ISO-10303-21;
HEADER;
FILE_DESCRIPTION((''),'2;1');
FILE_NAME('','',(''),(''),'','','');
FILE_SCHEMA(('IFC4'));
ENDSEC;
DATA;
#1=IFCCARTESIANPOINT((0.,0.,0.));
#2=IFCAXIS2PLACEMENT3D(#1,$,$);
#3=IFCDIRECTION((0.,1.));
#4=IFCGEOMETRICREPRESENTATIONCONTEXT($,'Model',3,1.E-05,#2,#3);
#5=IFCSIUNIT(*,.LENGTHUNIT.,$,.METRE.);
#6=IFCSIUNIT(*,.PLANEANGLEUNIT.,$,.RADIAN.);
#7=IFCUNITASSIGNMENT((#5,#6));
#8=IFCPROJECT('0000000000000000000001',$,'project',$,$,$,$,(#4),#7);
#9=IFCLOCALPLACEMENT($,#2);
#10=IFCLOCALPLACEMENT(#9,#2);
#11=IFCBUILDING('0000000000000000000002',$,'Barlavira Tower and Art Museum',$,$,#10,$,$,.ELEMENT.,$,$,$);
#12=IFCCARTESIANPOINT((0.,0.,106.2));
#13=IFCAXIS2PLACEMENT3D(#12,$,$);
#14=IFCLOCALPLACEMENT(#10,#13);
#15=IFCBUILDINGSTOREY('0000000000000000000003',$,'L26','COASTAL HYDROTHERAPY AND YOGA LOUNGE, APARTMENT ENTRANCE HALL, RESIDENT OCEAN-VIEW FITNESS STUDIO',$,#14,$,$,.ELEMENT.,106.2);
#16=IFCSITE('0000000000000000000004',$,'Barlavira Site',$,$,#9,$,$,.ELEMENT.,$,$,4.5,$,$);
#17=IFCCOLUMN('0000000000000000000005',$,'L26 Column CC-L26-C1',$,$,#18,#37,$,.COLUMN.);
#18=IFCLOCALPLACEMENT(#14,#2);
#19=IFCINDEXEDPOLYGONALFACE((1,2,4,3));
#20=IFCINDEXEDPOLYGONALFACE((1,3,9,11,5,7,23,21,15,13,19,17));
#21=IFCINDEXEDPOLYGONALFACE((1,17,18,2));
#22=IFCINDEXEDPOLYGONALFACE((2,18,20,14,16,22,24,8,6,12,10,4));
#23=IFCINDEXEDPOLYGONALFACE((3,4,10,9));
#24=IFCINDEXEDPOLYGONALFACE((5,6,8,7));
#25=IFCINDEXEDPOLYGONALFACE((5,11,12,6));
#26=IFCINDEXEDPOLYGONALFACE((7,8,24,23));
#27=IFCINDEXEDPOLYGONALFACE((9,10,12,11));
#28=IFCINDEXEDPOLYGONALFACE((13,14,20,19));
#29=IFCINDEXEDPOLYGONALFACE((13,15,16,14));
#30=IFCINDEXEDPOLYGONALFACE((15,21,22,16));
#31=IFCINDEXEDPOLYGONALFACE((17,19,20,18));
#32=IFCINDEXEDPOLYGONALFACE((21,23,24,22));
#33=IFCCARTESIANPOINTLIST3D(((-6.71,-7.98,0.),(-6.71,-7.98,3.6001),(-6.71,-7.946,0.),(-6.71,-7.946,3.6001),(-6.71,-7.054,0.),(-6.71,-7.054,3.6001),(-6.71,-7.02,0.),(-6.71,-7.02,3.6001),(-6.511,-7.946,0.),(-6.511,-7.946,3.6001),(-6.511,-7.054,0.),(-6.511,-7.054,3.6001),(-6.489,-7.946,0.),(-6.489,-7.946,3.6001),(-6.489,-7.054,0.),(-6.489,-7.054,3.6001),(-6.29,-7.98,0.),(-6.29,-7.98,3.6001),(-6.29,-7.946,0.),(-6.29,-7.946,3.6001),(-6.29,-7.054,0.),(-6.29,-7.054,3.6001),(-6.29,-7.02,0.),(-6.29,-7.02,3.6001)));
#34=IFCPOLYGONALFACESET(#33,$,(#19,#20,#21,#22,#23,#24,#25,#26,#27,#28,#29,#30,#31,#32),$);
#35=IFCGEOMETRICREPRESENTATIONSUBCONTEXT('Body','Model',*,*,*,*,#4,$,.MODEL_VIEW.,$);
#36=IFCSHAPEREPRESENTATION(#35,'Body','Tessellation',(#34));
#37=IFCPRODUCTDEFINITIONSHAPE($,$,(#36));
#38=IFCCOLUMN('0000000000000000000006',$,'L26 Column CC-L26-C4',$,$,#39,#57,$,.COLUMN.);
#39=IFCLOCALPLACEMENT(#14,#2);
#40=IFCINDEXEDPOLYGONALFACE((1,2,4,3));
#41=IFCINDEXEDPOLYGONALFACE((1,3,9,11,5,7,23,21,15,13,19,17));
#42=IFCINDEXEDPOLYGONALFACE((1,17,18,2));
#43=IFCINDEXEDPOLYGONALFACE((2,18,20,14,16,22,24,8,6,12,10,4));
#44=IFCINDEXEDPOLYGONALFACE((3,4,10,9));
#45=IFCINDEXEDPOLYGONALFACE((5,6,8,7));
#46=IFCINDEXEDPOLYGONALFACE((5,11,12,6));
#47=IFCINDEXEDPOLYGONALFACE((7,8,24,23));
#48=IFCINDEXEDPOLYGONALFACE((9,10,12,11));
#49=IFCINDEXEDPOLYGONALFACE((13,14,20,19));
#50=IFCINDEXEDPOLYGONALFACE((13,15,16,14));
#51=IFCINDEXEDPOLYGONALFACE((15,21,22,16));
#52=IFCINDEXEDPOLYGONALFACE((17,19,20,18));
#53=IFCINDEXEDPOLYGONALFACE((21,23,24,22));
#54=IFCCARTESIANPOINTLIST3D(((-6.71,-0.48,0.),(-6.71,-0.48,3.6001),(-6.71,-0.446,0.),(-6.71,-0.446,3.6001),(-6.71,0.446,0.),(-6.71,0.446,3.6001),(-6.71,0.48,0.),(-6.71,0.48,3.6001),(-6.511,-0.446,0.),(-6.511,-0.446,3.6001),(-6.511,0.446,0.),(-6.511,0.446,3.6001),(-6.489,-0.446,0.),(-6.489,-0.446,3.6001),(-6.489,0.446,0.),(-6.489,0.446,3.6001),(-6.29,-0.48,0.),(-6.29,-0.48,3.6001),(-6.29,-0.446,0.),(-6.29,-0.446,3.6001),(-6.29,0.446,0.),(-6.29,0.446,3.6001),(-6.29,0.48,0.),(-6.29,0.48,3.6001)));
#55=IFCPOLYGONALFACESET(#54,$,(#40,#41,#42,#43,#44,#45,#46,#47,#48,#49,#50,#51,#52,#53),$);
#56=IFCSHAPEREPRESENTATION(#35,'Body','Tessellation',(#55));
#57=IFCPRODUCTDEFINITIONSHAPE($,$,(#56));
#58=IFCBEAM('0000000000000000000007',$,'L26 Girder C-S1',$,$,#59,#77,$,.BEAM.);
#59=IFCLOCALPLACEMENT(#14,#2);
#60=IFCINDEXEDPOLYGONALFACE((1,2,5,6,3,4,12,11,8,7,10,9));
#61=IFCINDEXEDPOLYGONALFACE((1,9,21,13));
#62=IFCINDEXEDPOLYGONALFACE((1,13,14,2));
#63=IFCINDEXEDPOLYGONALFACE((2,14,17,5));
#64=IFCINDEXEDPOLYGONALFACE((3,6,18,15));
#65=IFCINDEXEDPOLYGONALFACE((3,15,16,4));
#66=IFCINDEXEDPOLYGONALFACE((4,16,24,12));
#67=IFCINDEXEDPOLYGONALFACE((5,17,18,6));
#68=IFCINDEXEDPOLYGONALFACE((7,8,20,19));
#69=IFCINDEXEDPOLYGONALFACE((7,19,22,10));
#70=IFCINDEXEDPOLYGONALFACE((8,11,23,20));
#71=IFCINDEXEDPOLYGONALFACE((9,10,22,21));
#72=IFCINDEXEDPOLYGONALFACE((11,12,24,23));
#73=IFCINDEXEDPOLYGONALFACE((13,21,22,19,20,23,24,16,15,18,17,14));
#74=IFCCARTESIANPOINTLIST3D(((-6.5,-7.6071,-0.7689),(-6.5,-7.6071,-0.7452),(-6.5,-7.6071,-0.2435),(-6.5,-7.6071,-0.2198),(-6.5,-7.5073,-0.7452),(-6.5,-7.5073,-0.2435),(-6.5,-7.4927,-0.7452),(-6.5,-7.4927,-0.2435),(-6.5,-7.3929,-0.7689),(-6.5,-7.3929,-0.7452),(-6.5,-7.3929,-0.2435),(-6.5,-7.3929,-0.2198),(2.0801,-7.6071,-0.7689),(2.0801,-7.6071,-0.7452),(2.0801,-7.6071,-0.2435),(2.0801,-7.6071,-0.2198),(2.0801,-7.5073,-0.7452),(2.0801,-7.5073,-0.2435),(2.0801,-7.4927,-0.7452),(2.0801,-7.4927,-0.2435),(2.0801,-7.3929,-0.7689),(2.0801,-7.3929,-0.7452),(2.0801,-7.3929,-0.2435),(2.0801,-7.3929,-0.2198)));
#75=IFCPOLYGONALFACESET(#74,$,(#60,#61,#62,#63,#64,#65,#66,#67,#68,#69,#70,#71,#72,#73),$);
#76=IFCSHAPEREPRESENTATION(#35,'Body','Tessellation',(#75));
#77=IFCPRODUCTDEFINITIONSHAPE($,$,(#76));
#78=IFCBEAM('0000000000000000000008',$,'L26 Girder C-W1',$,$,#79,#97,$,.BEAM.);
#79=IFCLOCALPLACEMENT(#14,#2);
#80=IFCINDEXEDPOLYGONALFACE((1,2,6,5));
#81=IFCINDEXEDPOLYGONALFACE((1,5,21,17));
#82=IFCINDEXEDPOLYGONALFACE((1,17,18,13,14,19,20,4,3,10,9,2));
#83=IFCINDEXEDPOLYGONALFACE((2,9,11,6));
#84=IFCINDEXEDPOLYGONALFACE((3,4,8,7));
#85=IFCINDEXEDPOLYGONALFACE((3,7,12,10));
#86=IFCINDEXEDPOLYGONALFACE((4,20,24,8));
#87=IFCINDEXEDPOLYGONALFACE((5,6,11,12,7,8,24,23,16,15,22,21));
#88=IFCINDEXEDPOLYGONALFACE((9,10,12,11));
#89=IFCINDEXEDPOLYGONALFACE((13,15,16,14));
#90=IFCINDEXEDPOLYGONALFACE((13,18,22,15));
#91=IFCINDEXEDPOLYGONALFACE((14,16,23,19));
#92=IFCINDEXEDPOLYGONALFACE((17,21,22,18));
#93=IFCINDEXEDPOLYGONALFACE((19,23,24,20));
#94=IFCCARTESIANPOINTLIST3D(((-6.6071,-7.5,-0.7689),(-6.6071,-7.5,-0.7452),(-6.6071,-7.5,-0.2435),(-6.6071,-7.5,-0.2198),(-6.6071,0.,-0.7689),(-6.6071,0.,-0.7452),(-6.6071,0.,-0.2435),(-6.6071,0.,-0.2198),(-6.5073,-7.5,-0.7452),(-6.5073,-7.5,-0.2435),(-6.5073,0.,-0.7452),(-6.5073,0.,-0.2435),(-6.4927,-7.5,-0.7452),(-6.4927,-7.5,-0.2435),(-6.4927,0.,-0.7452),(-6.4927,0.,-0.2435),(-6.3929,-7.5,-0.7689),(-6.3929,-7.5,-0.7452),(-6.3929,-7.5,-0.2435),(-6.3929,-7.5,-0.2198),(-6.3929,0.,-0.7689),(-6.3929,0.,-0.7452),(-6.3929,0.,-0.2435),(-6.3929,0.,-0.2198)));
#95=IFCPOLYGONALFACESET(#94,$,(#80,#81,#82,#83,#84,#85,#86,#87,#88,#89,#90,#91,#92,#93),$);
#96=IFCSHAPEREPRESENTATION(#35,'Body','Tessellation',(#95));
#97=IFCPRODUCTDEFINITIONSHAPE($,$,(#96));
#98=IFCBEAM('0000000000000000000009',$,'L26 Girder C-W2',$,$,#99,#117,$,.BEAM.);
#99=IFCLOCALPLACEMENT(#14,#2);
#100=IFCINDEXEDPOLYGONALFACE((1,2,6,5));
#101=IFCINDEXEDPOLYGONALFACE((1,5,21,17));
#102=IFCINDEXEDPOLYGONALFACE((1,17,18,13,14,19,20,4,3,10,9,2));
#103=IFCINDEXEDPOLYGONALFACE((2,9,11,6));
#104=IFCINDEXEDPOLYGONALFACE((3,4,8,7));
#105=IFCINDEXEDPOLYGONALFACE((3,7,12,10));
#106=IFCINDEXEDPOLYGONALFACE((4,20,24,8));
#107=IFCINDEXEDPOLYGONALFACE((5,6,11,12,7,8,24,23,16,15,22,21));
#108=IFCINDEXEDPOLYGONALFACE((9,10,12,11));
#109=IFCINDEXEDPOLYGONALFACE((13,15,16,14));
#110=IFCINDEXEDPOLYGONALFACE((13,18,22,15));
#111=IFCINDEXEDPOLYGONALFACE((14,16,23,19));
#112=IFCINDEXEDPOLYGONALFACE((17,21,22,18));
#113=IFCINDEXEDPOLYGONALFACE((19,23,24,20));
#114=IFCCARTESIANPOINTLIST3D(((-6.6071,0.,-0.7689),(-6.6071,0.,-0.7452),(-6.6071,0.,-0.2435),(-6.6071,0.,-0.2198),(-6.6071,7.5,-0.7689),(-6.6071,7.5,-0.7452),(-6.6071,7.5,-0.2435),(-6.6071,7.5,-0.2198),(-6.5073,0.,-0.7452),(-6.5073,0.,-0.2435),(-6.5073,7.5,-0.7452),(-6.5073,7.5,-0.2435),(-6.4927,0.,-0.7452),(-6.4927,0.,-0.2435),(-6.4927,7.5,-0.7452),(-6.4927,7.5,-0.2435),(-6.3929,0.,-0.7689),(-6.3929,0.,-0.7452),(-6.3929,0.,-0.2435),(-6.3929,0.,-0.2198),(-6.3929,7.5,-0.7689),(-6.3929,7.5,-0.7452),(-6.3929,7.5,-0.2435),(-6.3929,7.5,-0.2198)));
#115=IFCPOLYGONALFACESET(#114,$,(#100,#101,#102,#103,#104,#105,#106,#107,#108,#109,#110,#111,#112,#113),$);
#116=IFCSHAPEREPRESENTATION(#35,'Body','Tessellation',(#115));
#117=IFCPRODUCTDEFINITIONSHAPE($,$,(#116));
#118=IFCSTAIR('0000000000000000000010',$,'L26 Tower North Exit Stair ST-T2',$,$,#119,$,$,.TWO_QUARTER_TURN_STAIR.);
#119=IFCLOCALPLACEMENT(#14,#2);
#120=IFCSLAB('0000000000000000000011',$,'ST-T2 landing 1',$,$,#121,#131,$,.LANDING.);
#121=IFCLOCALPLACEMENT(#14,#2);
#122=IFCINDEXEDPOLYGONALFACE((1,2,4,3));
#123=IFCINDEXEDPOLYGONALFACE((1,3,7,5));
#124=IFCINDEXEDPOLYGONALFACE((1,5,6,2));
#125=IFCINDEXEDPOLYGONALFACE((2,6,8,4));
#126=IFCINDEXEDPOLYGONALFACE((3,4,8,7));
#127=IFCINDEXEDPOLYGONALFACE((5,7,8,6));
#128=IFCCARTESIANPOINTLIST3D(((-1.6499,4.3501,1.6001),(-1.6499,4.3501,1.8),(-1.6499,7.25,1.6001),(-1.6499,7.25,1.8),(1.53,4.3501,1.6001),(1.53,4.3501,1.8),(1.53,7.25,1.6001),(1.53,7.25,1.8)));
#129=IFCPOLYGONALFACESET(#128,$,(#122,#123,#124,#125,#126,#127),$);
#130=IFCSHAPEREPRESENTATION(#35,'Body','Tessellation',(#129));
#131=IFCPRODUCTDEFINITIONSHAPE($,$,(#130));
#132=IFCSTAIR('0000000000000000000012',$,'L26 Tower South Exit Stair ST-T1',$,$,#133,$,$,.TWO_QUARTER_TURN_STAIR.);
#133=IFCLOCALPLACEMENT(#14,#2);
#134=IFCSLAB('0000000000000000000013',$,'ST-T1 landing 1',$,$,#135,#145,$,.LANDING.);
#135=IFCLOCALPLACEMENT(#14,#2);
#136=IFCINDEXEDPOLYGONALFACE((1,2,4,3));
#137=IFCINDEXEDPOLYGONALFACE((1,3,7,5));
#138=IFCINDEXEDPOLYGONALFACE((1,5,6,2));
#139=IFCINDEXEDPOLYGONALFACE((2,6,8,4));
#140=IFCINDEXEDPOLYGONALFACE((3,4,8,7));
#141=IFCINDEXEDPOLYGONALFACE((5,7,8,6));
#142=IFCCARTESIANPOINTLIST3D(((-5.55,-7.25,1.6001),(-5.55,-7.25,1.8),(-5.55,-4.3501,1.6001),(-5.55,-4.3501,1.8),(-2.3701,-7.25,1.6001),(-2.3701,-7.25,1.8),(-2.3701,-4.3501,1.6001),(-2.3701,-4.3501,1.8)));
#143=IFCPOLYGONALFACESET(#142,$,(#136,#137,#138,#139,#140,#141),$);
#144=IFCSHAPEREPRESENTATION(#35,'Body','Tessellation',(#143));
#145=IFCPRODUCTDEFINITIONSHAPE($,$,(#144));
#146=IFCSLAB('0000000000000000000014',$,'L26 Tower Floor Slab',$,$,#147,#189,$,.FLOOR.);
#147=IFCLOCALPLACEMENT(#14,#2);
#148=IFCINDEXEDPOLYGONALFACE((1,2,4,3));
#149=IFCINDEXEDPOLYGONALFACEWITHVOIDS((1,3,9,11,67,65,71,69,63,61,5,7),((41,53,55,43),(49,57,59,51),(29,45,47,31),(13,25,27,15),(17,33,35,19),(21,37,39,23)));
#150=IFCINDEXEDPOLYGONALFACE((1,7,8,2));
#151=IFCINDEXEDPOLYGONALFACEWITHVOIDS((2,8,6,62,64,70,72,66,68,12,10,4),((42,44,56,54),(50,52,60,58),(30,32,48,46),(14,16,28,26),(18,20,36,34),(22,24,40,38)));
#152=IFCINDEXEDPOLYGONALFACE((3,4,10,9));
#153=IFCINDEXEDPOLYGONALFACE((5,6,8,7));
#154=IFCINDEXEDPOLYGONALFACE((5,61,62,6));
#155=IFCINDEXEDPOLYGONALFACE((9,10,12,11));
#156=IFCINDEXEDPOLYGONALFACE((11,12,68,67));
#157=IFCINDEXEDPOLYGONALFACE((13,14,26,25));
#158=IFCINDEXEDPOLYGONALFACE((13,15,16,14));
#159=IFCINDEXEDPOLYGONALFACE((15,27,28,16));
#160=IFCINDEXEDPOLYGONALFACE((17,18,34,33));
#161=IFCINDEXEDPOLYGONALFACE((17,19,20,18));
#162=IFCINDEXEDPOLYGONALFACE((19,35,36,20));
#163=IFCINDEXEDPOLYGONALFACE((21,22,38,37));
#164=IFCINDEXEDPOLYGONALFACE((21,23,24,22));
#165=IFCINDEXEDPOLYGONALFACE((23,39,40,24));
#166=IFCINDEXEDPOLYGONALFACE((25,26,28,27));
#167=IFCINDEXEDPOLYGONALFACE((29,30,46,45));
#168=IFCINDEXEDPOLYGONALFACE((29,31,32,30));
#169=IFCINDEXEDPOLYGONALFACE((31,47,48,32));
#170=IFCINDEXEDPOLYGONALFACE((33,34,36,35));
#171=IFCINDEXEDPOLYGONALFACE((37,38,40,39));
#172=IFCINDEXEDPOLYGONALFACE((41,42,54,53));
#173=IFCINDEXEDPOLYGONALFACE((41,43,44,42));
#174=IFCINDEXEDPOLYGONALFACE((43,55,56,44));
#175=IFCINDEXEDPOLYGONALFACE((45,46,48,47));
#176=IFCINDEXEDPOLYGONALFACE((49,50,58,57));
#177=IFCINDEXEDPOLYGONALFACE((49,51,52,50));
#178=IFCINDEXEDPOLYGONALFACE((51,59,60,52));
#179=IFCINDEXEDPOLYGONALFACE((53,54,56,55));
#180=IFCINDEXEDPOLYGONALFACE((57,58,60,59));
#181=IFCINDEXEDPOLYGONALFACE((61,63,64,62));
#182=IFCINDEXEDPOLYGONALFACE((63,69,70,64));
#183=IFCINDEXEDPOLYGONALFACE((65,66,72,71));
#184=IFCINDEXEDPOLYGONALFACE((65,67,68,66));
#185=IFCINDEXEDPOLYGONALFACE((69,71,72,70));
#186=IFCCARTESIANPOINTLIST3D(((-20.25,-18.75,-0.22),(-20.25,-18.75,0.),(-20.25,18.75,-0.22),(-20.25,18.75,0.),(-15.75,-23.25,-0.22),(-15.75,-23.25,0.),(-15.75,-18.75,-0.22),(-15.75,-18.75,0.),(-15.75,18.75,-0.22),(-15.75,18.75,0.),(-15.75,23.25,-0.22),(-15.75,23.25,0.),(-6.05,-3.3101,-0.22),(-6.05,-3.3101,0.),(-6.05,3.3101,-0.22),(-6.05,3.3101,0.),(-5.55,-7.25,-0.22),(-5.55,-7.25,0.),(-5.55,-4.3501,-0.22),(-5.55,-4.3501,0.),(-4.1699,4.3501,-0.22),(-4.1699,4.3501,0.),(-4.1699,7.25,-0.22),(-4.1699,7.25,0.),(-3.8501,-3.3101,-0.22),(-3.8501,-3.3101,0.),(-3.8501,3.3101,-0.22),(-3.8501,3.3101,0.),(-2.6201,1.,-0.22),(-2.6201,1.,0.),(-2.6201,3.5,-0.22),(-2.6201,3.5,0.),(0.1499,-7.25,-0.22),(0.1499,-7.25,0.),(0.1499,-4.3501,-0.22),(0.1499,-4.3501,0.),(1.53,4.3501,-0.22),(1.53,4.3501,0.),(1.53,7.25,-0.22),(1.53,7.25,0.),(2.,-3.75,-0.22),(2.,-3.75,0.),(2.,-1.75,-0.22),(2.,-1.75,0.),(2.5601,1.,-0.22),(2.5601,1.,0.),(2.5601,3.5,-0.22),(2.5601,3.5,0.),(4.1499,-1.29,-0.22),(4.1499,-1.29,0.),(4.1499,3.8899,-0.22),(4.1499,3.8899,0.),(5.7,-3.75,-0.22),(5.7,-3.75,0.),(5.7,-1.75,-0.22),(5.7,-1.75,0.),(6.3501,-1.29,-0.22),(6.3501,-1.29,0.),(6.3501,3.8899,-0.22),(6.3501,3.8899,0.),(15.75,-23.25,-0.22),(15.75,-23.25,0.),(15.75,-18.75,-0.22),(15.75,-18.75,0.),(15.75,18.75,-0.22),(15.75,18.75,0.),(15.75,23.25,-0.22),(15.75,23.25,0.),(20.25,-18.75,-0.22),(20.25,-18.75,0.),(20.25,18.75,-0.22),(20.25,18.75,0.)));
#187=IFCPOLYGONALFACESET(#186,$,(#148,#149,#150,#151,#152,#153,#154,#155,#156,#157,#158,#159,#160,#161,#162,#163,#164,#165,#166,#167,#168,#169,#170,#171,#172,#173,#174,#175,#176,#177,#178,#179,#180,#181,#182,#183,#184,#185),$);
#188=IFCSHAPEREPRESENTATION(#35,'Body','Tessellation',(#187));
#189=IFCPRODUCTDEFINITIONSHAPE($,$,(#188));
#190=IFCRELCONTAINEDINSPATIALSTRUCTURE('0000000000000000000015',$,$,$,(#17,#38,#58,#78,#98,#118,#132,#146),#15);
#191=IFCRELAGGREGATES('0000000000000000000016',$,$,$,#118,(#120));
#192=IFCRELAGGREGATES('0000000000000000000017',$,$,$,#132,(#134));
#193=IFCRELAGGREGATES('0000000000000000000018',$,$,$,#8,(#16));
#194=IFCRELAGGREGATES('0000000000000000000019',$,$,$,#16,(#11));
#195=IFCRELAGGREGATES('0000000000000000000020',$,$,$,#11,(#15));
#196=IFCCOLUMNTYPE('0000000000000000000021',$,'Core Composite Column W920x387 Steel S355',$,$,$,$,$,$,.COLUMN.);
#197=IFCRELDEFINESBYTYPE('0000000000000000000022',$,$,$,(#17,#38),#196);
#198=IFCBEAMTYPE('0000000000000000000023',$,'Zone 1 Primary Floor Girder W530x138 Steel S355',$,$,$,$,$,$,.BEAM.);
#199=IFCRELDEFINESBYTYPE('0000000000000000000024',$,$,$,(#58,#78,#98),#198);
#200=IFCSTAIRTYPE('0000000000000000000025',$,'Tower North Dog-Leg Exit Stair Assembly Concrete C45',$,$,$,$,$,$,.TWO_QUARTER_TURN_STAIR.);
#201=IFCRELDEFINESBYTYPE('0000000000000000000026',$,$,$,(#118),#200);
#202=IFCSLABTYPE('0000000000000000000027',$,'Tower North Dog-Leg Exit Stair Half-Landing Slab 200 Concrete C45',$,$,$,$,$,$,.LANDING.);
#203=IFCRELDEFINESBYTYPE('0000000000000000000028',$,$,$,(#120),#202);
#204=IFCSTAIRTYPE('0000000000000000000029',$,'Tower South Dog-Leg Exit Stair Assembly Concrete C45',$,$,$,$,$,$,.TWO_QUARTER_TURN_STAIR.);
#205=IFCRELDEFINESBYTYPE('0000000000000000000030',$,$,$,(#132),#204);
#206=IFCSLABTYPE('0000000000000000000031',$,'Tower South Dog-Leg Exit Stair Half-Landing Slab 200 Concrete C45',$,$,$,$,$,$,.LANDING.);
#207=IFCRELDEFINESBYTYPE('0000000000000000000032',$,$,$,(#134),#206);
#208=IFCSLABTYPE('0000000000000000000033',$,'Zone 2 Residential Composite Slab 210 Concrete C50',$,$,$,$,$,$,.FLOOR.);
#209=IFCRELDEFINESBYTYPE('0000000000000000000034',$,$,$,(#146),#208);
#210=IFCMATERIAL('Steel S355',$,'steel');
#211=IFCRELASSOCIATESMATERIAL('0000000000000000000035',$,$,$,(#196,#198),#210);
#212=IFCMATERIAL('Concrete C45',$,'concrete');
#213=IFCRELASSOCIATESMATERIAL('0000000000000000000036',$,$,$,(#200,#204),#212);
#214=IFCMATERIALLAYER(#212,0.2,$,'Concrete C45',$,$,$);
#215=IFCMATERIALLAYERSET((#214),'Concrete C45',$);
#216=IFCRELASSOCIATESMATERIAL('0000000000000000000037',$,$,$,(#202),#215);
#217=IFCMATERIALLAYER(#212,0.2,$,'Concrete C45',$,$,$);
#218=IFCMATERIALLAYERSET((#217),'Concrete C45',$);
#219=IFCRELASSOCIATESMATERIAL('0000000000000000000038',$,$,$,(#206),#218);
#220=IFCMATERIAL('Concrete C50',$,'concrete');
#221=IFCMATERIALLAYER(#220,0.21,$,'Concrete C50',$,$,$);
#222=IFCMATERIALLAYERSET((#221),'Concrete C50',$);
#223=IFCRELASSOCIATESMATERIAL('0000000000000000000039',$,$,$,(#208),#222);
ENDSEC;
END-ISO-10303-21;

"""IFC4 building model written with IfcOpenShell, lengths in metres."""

from ifc_helpers import new_model, si_unit, direction, frame, origin, origin_2d, place, context, subcontext, project, spatial, polyline, i_section, outline, extrude, material, layer, layer_set, material_profile, profile_set, type_object, element, aggregate, save


model = new_model("IFC4")

# Units and contexts
model_context = context("Model", 3, precision=1e-05, world=origin(), true_north=direction((0.0, 1.0)))
body_context = subcontext(model_context, "Body", "Model", "MODEL_VIEW")
ifc_project = project(units=[si_unit("LENGTHUNIT", "METRE"), si_unit("PLANEANGLEUNIT", "RADIAN")], contexts=[model_context])

# Site, building, storey
site_placement = place(None, origin())
site = spatial("IfcSite", under=ifc_project, at=site_placement, Name="Barlavira Site", CompositionType="ELEMENT", RefElevation=4.5)
building_placement = place(site_placement, origin())
building = spatial("IfcBuilding", under=site, at=building_placement, Name="Barlavira Tower and Art Museum", CompositionType="ELEMENT")
storey_placement = place(building_placement, frame((0.0, 0.0, 106.2)))
storey = spatial("IfcBuildingStorey", under=building, at=storey_placement, Name="L26", Description="COASTAL HYDROTHERAPY AND YOGA LOUNGE, APARTMENT ENTRANCE HALL, RESIDENT OCEAN-VIEW FITNESS STUDIO", CompositionType="ELEMENT", Elevation=106.2)

# Columns
ifc_material_1 = material(Name="Steel S355", Category="steel")
ifc_material_profile_1 = material_profile(ifc_material_1, i_section(OverallWidth=0.4199, OverallDepth=0.96, WebThickness=0.022, FlangeThickness=0.0339, at=origin_2d()), Name="W920x387.0")
ifc_profile_set_1 = profile_set([ifc_material_profile_1], Name="Steel S355")
column_type = type_object("IfcColumnType", Name="Core Composite Column W920x387 Steel S355", PredefinedType="COLUMN", material=ifc_profile_set_1)
for number, where, z_axis, x_axis, name in (
    (1, (-6.5, -7.5, 0.0), (0.0, 0.0, 1.0), (1.0, 0.0, 0.0), "L26 Column CC-L26-C1"),
    (2, (-6.5, 0.0, 0.0), (0.0, 0.0, 1.0), (1.0, 0.0, 0.0), "L26 Column CC-L26-C4"),
):
    element("IfcColumn", number, at=place(storey_placement, frame(where, z_axis=z_axis, x_axis=x_axis)), inside=storey, type_object=column_type, Name=name, PredefinedType="COLUMN", context=body_context, shape_type="SweptSolid", body=[
        extrude(i_section(OverallWidth=0.4199, OverallDepth=0.96, WebThickness=0.022, FlangeThickness=0.0339, at=origin_2d()), origin(), (0.0, 0.0, 1.0), 3.6001),
    ])

# Beams
ifc_material_profile_2 = material_profile(ifc_material_1, i_section(OverallWidth=0.2141, OverallDepth=0.5491, WebThickness=0.0146, FlangeThickness=0.0237, at=origin_2d()), Name="W530x138.0")
ifc_profile_set_2 = profile_set([ifc_material_profile_2], Name="Steel S355")
beam_type = type_object("IfcBeamType", Name="Zone 1 Primary Floor Girder W530x138 Steel S355", PredefinedType="BEAM", material=ifc_profile_set_2)
beam_placement = place(storey_placement, frame((-6.5, -7.5, -0.4944), z_axis=(1.0, 0.0, 0.0), x_axis=(0.0, 1.0, 0.0)))
element("IfcBeam", 3, at=beam_placement, inside=storey, type_object=beam_type, Name="L26 Girder C-S1", PredefinedType="BEAM", context=body_context, shape_type="SweptSolid", body=[
    extrude(i_section(OverallWidth=0.2141, OverallDepth=0.5491, WebThickness=0.0146, FlangeThickness=0.0237, at=origin_2d()), origin(), (0.0, 0.0, 1.0), 8.5801),
])
for number, where, z_axis, x_axis, name in (
    (4, (-6.5, -7.5, -0.4944), (0.0, 1.0, 0.0), (-1.0, 0.0, 0.0), "L26 Girder C-W1"),
    (5, (-6.5, 0.0, -0.4944), (0.0, 1.0, 0.0), (-1.0, 0.0, 0.0), "L26 Girder C-W2"),
):
    element("IfcBeam", number, at=place(storey_placement, frame(where, z_axis=z_axis, x_axis=x_axis)), inside=storey, type_object=beam_type, Name=name, PredefinedType="BEAM", context=body_context, shape_type="SweptSolid", body=[
        extrude(i_section(OverallWidth=0.2141, OverallDepth=0.5491, WebThickness=0.0146, FlangeThickness=0.0237, at=origin_2d()), origin(), (0.0, 0.0, 1.0), 7.5),
    ])

# Stairs, slabs
ifc_material_2 = material(Name="Concrete C45", Category="concrete")
stair_type_1 = type_object("IfcStairType", Name="Tower North Dog-Leg Exit Stair Assembly Concrete C45", PredefinedType="TWO_QUARTER_TURN_STAIR", material=ifc_material_2)
stair_1_placement = place(storey_placement, origin())
stair_1 = element("IfcStair", 6, at=stair_1_placement, inside=storey, type_object=stair_type_1, Name="L26 Tower North Exit Stair ST-T2", PredefinedType="TWO_QUARTER_TURN_STAIR")
ifc_layer_1 = layer(ifc_material_2, 0.2, Name="Concrete C45")
ifc_layer_set_1 = layer_set([ifc_layer_1], Name="Concrete C45")
slab_type_1 = type_object("IfcSlabType", Name="Tower North Dog-Leg Exit Stair Half-Landing Slab 200 Concrete C45", PredefinedType="LANDING", material=ifc_layer_set_1)
slab_1_placement = place(storey_placement, frame((0.0, 0.0, 1.6001)))
slab_1 = element("IfcSlab", 7, at=slab_1_placement, type_object=slab_type_1, Name="ST-T2 landing 1", PredefinedType="LANDING", context=body_context, shape_type="SweptSolid", body=[
    extrude(outline(polyline([(-1.6499, 4.3501), (1.53, 4.3501), (1.53, 7.25), (-1.6499, 7.25), (-1.6499, 4.3501)])), origin(), (0.0, 0.0, 1.0), 0.2),
])
aggregate(stair_1, [slab_1])
stair_type_2 = type_object("IfcStairType", Name="Tower South Dog-Leg Exit Stair Assembly Concrete C45", PredefinedType="TWO_QUARTER_TURN_STAIR", material=ifc_material_2)
stair_2_placement = place(storey_placement, origin())
stair_2 = element("IfcStair", 8, at=stair_2_placement, inside=storey, type_object=stair_type_2, Name="L26 Tower South Exit Stair ST-T1", PredefinedType="TWO_QUARTER_TURN_STAIR")
ifc_layer_2 = layer(ifc_material_2, 0.2, Name="Concrete C45")
ifc_layer_set_2 = layer_set([ifc_layer_2], Name="Concrete C45")
slab_type_2 = type_object("IfcSlabType", Name="Tower South Dog-Leg Exit Stair Half-Landing Slab 200 Concrete C45", PredefinedType="LANDING", material=ifc_layer_set_2)
slab_2_placement = place(storey_placement, frame((0.0, 0.0, 1.6001)))
slab_2 = element("IfcSlab", 9, at=slab_2_placement, type_object=slab_type_2, Name="ST-T1 landing 1", PredefinedType="LANDING", context=body_context, shape_type="SweptSolid", body=[
    extrude(outline(polyline([(-2.3701, -4.3501), (-5.55, -4.3501), (-5.55, -7.25), (-2.3701, -7.25), (-2.3701, -4.3501)])), origin(), (0.0, 0.0, 1.0), 0.2),
])

# Slab
ifc_material_3 = material(Name="Concrete C50", Category="concrete")
ifc_layer_3 = layer(ifc_material_3, 0.21, Name="Concrete C50")
ifc_layer_set_3 = layer_set([ifc_layer_3], Name="Concrete C50")
slab_type_3 = type_object("IfcSlabType", Name="Zone 2 Residential Composite Slab 210 Concrete C50", PredefinedType="FLOOR", material=ifc_layer_set_3)
slab_3_placement = place(storey_placement, frame((0.0, 0.0, -0.22)))
element("IfcSlab", 10, at=slab_3_placement, inside=storey, type_object=slab_type_3, Name="L26 Tower Floor Slab", PredefinedType="FLOOR", context=body_context, shape_type="SweptSolid", body=[
    extrude(outline(polyline([(-15.75, -23.25), (15.75, -23.25), (15.75, -18.75), (20.25, -18.75), (20.25, 18.75), (15.75, 18.75), (15.75, 23.25), (-15.75, 23.25), (-15.75, 18.75), (-20.25, 18.75), (-20.25, -18.75), (-15.75, -18.75), (-15.75, -23.25)]), holes=[polyline([(0.1499, -4.3501), (-5.55, -4.3501), (-5.55, -7.25), (0.1499, -7.25), (0.1499, -4.3501)]), polyline([(-4.1699, 4.3501), (1.53, 4.3501), (1.53, 7.25), (-4.1699, 7.25), (-4.1699, 4.3501)]), polyline([(-6.05, -3.3101), (-3.8501, -3.3101), (-3.8501, 3.3101), (-6.05, 3.3101), (-6.05, -3.3101)]), polyline([(4.1499, -1.29), (6.3501, -1.29), (6.3501, 3.8899), (4.1499, 3.8899), (4.1499, -1.29)]), polyline([(-2.6201, 1.0), (2.5601, 1.0), (2.5601, 3.5), (-2.6201, 3.5), (-2.6201, 1.0)]), polyline([(2.0, -3.75), (5.7, -3.75), (5.7, -1.75), (2.0, -1.75), (2.0, -3.75)])]), origin(), (0.0, 0.0, 1.0), 0.22),
])

aggregate(stair_2, [slab_2])

save(model, "model.ifc")
